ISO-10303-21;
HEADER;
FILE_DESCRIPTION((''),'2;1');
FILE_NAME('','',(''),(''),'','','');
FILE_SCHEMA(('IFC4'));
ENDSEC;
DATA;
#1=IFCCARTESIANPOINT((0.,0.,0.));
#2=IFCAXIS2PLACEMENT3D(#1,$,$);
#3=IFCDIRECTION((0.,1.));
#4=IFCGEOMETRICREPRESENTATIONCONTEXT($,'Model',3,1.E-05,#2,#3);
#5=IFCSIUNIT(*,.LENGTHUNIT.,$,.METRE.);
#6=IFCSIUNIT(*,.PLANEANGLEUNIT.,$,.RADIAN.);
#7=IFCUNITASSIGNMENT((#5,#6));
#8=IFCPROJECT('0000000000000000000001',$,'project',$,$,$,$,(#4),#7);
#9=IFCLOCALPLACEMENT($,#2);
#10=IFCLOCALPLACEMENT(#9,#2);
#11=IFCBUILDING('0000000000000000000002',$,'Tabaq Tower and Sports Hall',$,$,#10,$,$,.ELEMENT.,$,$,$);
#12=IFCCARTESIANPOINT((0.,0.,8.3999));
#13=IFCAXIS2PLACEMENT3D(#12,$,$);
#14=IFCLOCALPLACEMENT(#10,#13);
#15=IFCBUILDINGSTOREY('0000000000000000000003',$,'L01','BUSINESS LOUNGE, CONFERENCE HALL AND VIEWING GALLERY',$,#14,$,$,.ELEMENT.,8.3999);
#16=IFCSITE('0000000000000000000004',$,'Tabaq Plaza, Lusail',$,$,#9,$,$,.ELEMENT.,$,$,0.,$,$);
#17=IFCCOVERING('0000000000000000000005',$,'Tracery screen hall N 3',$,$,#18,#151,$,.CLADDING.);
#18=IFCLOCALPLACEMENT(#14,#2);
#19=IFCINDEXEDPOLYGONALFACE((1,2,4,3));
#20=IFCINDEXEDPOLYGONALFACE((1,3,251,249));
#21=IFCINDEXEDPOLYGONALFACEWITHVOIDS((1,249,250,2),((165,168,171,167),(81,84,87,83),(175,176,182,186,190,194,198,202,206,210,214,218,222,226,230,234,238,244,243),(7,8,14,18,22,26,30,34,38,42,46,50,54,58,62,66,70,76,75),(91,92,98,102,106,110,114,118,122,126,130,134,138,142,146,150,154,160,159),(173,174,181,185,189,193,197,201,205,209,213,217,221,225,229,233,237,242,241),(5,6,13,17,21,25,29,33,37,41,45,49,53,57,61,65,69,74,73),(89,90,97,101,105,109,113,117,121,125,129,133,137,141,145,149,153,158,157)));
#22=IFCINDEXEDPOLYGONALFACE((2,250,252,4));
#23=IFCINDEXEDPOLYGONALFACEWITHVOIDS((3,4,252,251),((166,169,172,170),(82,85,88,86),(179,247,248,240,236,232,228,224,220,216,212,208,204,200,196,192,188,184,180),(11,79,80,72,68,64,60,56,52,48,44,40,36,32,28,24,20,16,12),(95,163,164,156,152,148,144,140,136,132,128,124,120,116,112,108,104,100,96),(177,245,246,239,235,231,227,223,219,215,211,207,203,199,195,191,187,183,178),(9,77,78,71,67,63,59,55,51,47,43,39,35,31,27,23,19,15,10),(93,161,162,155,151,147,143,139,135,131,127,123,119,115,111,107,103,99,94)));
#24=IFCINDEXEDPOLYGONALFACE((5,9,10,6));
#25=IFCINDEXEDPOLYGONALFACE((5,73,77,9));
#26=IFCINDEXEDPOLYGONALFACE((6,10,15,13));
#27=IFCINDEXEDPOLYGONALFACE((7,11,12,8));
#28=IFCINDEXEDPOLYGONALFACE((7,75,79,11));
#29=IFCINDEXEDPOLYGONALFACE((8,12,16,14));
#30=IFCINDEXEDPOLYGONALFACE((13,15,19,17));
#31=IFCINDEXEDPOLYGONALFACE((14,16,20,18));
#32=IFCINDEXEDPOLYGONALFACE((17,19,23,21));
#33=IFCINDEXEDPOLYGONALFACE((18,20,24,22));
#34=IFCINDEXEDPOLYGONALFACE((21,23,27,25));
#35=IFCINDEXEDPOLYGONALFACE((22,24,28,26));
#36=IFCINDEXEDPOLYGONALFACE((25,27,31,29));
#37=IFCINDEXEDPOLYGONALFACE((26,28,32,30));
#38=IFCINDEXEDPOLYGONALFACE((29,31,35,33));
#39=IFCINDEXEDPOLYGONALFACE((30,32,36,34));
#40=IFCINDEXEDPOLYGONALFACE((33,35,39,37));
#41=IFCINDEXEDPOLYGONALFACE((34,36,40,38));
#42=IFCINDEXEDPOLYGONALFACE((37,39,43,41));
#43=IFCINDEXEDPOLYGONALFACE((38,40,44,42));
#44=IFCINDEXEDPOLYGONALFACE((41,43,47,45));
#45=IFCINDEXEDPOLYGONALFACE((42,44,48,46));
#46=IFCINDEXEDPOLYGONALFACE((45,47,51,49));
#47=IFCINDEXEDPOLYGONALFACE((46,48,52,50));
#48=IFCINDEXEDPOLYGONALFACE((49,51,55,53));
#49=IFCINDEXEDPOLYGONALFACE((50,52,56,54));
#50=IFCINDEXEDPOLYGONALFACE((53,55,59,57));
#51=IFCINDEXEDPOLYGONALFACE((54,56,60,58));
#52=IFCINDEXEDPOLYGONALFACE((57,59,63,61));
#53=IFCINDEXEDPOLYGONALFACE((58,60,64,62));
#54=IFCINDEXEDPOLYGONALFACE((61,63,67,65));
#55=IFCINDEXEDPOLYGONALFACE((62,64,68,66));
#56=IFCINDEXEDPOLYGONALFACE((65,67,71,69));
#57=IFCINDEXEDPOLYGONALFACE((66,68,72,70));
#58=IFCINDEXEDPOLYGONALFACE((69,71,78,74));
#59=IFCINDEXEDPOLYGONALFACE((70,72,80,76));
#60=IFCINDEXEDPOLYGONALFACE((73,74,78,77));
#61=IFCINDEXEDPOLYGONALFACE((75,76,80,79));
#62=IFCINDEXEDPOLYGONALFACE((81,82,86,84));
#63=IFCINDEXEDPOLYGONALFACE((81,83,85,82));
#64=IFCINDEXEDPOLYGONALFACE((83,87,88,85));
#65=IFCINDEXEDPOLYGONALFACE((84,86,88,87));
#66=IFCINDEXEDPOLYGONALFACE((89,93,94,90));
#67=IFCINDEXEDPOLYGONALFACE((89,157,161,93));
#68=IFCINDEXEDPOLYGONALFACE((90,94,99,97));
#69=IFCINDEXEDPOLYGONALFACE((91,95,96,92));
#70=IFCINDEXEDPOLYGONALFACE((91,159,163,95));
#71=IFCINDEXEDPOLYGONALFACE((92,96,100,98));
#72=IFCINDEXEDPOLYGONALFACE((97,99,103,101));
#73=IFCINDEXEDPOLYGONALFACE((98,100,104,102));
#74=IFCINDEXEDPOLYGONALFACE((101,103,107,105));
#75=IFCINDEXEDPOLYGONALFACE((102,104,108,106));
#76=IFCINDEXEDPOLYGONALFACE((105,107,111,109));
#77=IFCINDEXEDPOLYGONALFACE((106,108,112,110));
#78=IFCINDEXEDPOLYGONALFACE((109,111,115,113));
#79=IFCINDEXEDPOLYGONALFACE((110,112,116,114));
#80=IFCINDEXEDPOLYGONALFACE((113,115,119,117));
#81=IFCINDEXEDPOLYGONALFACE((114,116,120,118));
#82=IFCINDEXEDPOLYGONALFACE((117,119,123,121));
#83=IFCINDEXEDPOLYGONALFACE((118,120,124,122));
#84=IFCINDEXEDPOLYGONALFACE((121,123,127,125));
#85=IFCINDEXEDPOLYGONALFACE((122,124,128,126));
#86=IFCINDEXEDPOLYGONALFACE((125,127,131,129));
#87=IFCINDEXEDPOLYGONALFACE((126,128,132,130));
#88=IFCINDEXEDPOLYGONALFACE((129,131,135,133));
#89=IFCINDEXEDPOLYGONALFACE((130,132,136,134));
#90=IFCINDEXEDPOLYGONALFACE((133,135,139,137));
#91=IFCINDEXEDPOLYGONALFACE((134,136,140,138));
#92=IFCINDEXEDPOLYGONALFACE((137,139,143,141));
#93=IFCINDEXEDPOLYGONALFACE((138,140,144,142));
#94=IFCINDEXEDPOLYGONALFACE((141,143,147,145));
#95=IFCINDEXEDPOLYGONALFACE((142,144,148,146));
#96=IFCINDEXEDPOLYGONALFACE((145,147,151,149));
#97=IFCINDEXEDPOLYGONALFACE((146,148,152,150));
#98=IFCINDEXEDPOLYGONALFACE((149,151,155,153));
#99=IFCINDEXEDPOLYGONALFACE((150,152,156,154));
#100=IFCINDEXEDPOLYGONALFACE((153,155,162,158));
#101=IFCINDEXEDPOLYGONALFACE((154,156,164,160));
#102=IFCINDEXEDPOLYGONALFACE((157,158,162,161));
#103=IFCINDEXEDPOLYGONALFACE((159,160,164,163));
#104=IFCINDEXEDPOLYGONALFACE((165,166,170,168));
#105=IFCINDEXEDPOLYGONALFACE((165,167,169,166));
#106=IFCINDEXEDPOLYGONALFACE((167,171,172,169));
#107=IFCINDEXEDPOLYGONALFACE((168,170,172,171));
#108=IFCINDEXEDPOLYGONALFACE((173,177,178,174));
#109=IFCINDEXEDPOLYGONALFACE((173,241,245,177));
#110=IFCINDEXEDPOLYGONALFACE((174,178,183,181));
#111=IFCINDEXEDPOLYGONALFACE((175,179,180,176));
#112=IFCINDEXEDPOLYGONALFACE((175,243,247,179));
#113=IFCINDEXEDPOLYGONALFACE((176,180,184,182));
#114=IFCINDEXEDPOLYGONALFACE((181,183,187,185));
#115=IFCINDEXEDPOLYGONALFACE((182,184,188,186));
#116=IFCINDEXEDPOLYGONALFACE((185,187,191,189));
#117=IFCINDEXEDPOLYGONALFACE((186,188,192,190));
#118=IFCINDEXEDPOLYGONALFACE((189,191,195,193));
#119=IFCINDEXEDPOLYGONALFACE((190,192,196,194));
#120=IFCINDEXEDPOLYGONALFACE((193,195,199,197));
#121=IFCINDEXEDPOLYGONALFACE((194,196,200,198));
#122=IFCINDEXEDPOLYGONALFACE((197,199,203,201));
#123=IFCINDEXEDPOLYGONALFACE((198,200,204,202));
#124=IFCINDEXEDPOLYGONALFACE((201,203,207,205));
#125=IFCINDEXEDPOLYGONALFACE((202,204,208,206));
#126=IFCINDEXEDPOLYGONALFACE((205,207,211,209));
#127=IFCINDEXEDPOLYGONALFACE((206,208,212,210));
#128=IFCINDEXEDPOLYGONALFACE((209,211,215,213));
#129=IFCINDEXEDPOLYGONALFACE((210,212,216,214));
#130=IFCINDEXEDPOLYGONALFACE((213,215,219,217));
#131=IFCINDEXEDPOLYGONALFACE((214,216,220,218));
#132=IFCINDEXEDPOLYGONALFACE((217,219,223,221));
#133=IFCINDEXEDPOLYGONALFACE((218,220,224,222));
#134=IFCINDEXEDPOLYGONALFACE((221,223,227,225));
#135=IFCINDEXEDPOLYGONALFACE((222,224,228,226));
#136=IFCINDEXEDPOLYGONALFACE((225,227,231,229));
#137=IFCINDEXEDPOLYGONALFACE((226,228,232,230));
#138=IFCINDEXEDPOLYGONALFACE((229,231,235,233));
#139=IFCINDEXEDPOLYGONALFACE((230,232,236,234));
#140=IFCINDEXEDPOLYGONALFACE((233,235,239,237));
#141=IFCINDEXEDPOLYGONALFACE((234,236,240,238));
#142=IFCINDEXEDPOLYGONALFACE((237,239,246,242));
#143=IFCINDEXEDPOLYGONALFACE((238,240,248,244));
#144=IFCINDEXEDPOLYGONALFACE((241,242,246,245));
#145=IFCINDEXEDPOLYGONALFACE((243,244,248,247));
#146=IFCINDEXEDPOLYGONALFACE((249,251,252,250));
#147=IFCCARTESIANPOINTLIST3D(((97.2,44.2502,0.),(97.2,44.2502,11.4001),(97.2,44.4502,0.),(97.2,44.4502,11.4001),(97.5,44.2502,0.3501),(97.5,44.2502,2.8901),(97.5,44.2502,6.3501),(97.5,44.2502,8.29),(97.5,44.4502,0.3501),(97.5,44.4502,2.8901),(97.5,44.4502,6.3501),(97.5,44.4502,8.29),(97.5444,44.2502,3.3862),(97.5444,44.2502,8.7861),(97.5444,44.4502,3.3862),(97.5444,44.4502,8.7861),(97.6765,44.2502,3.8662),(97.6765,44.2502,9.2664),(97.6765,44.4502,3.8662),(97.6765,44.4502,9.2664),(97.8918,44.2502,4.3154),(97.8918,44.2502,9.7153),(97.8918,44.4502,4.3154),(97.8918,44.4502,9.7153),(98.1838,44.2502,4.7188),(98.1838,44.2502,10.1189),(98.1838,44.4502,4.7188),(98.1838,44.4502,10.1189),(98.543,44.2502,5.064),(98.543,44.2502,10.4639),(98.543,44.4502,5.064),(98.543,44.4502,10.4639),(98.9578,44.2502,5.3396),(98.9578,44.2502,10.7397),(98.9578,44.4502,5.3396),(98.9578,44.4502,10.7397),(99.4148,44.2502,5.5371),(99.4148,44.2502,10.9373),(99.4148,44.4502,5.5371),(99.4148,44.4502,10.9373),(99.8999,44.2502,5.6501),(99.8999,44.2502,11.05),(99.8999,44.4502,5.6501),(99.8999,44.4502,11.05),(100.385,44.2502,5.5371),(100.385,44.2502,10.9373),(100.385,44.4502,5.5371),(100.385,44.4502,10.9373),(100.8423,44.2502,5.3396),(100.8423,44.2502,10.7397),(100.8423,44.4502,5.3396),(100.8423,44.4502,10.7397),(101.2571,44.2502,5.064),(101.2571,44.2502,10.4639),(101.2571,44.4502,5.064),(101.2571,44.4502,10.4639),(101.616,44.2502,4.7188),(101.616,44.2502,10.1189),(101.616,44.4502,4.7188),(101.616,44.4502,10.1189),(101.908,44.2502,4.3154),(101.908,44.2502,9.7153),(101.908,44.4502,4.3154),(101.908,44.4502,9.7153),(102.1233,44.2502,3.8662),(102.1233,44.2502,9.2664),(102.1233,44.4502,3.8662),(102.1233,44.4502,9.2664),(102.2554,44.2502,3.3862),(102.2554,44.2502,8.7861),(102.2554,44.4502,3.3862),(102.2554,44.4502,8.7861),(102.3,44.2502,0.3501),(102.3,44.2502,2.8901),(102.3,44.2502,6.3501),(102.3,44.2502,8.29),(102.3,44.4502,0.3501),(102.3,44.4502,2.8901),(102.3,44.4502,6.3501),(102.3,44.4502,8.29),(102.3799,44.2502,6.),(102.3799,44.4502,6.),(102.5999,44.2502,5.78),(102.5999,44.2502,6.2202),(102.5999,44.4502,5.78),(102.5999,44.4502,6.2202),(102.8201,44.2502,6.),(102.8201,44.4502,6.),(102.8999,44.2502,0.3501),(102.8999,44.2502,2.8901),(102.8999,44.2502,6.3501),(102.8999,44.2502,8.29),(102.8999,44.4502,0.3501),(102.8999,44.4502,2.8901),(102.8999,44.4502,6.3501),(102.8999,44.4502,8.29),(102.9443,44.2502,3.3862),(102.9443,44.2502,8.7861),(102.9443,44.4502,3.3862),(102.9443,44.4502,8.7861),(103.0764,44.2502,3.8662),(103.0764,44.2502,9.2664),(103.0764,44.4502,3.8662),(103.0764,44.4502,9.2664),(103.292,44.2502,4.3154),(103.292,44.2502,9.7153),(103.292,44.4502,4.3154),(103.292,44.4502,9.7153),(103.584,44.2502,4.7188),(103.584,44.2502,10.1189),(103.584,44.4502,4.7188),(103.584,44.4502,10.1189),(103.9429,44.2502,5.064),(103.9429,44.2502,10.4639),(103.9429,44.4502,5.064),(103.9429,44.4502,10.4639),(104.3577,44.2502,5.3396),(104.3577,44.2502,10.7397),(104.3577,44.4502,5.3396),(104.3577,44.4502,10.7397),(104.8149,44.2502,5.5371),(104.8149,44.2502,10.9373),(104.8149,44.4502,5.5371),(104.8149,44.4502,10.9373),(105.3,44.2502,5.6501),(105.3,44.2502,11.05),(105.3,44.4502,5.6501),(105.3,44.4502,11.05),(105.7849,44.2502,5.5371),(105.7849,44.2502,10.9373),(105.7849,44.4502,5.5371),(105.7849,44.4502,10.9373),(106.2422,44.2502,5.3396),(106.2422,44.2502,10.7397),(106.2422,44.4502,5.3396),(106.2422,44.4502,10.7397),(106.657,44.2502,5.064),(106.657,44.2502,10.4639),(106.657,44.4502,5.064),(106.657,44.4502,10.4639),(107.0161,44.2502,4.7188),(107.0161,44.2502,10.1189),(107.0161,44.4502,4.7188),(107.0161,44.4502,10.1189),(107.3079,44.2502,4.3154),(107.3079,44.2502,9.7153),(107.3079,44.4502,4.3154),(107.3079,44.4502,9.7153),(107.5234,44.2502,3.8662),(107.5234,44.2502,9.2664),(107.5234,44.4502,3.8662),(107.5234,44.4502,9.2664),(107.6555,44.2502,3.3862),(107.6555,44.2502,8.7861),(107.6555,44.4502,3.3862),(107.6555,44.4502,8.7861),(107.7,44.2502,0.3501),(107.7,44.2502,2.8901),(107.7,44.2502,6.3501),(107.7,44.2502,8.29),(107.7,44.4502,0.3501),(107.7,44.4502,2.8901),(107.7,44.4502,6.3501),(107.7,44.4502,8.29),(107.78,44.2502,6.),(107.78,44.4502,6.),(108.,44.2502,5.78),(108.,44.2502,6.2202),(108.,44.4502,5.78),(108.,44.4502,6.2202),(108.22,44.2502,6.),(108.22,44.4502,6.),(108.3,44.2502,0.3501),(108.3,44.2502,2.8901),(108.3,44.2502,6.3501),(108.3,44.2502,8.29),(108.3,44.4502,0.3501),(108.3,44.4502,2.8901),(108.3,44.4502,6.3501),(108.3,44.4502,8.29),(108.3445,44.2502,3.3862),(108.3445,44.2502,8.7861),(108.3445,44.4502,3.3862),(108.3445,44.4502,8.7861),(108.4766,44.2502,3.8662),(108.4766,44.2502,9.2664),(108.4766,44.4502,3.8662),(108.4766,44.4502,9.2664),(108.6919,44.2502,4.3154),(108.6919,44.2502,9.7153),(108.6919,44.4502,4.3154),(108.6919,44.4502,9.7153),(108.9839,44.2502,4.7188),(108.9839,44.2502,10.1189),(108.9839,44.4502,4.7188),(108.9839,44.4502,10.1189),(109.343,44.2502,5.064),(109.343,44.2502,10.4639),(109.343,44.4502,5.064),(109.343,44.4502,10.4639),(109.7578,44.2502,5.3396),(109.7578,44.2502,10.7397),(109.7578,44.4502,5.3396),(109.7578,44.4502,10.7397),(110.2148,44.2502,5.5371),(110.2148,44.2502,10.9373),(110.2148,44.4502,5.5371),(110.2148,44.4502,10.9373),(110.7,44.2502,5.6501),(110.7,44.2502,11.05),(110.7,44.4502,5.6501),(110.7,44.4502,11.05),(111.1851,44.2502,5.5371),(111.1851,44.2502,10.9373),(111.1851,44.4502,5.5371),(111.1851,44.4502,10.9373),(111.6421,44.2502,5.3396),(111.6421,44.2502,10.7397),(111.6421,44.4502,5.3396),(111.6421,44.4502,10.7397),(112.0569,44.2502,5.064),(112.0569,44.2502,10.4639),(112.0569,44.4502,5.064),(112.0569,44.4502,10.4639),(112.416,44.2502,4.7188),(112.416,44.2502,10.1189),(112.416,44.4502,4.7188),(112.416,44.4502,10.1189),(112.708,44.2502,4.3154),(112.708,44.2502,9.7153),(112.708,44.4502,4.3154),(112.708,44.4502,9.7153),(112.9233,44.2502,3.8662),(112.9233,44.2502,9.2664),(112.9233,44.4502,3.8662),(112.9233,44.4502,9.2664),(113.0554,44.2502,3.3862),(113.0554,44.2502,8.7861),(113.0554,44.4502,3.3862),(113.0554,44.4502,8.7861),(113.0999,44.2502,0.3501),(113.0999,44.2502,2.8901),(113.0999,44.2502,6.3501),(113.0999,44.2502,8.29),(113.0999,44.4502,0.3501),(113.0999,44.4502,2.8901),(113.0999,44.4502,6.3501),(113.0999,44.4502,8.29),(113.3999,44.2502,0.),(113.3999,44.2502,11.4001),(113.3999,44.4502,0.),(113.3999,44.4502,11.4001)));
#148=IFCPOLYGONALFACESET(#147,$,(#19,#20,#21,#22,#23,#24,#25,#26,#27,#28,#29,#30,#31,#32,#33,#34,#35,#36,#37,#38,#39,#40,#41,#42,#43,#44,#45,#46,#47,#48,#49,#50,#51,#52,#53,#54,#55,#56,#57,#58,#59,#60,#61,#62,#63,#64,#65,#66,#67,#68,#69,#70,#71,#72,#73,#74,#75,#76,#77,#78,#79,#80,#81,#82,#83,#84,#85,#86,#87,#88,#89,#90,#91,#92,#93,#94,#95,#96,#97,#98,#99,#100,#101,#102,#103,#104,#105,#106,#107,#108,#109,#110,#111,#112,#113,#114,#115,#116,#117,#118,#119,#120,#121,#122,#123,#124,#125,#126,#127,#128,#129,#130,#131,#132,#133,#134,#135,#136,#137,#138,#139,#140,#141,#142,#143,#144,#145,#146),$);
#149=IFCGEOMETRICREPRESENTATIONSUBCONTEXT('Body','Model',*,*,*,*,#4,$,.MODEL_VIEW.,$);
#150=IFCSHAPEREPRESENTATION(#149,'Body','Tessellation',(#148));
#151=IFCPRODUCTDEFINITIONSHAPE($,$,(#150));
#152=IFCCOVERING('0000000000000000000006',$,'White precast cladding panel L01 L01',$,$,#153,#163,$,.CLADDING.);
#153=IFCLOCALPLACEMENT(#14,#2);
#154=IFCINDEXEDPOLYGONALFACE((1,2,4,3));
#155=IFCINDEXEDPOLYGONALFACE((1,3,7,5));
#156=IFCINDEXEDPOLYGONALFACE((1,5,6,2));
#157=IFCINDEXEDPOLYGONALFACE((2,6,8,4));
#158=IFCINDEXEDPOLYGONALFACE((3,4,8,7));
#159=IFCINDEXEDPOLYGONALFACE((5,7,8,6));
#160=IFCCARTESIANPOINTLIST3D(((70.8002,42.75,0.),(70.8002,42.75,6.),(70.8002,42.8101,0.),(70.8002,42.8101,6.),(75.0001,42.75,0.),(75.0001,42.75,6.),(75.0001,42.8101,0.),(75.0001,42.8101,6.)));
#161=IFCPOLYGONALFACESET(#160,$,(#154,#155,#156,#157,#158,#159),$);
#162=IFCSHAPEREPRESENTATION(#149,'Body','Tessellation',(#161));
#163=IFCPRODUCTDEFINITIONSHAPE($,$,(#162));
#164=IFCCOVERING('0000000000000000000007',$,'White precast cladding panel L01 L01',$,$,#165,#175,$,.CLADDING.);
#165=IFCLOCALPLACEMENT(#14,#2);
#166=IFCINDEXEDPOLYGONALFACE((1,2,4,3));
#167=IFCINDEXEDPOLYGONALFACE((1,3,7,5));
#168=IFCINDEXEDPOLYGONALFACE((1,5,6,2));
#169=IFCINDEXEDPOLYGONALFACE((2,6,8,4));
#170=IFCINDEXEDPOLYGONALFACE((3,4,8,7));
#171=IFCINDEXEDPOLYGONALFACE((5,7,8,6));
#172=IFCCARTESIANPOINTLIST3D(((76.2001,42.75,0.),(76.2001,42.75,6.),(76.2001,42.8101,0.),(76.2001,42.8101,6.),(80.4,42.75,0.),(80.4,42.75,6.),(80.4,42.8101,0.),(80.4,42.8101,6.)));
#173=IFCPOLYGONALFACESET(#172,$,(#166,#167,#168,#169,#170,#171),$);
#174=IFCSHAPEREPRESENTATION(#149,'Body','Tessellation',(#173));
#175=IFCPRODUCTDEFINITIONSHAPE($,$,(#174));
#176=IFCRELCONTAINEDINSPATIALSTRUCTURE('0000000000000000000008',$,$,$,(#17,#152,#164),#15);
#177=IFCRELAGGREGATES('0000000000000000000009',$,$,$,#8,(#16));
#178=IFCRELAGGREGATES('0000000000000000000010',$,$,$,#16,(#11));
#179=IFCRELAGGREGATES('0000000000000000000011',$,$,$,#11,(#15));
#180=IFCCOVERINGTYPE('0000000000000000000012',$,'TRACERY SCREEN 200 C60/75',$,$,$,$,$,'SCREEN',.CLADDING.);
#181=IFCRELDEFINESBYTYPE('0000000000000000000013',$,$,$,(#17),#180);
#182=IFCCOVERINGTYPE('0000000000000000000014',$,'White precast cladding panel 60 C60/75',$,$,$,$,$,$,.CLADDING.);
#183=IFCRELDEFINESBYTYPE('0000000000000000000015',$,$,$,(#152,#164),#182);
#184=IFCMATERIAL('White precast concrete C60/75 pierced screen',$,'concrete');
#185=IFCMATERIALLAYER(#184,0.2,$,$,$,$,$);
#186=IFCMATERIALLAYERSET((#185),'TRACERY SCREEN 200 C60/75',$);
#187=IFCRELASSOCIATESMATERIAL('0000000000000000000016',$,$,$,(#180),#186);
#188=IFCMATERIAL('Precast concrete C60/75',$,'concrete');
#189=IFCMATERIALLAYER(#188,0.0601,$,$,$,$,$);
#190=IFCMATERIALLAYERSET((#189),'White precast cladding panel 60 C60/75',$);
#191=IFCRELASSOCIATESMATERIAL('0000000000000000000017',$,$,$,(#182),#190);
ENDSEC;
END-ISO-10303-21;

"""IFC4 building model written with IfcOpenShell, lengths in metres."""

from ifc_helpers import new_model, si_unit, direction, frame, frame_2d, origin, place, context, subcontext, project, spatial, polyline, rectangle, outline, extrude, material, layer, layer_set, type_object, element, save


model = new_model("IFC4")

# Units and contexts
model_context = context("Model", 3, precision=1e-05, world=origin(), true_north=direction((0.0, 1.0)))
body_context = subcontext(model_context, "Body", "Model", "MODEL_VIEW")
ifc_project = project(units=[si_unit("LENGTHUNIT", "METRE"), si_unit("PLANEANGLEUNIT", "RADIAN")], contexts=[model_context])

# Site, building, storey
site_placement = place(None, origin())
site = spatial("IfcSite", under=ifc_project, at=site_placement, Name="Tabaq Plaza, Lusail", CompositionType="ELEMENT", RefElevation=0.0)
building_placement = place(site_placement, origin())
building = spatial("IfcBuilding", under=site, at=building_placement, Name="Tabaq Tower and Sports Hall", CompositionType="ELEMENT")
storey_placement = place(building_placement, frame((0.0, 0.0, 8.3999)))
storey = spatial("IfcBuildingStorey", under=building, at=storey_placement, Name="L01", Description="BUSINESS LOUNGE, CONFERENCE HALL AND VIEWING GALLERY", CompositionType="ELEMENT", Elevation=8.3999)

# Coverings
ifc_material_1 = material(Name="White precast concrete C60/75 pierced screen", Category="concrete")
ifc_layer_1 = layer(ifc_material_1, 0.2)
ifc_layer_set_1 = layer_set([ifc_layer_1], Name="TRACERY SCREEN 200 C60/75")
covering_type_1 = type_object("IfcCoveringType", Name="TRACERY SCREEN 200 C60/75", ElementType="SCREEN", PredefinedType="CLADDING", material=ifc_layer_set_1)
covering_1_placement = place(storey_placement, frame((97.2, 44.3501, 0.0), z_axis=(0.0, 0.0, 1.0), x_axis=(1.0, 0.0, 0.0)))
element("IfcCovering", 1, at=covering_1_placement, inside=storey, type_object=covering_type_1, Name="Tracery screen hall N 3", PredefinedType="CLADDING", context=body_context, shape_type="SweptSolid", body=[
    extrude(outline(polyline([(0.0, 0.0), (16.2, 0.0), (16.2, 11.4001), (0.0, 11.4001), (0.0, 0.0)]), holes=[polyline([(0.3, 0.3501), (5.1001, 0.3501), (5.1001, 2.8901), (5.0554, 3.3862), (4.9233, 3.8662), (4.708, 4.3154), (4.416, 4.7188), (4.0571, 5.064), (3.6423, 5.3396), (3.1851, 5.5371), (2.7, 5.6501), (2.2148, 5.5371), (1.7578, 5.3396), (1.343, 5.064), (0.9839, 4.7188), (0.6919, 4.3154), (0.4766, 3.8662), (0.3445, 3.3862), (0.3, 2.8901), (0.3, 0.3501)]), polyline([(5.7, 0.3501), (10.5, 0.3501), (10.5, 2.8901), (10.4556, 3.3862), (10.3235, 3.8662), (10.1079, 4.3154), (9.8162, 4.7188), (9.457, 5.064), (9.0422, 5.3396), (8.585, 5.5371), (8.1001, 5.6501), (7.615, 5.5371), (7.1577, 5.3396), (6.7429, 5.064), (6.384, 4.7188), (6.092, 4.3154), (5.8765, 3.8662), (5.7444, 3.3862), (5.7, 2.8901), (5.7, 0.3501)]), polyline([(11.1001, 0.3501), (15.8999, 0.3501), (15.8999, 2.8901), (15.8555, 3.3862), (15.7234, 3.8662), (15.5081, 4.3154), (15.2161, 4.7188), (14.8569, 5.064), (14.4421, 5.3396), (13.9851, 5.5371), (13.5, 5.6501), (13.0149, 5.5371), (12.5579, 5.3396), (12.1431, 5.064), (11.7839, 4.7188), (11.4919, 4.3154), (11.2766, 3.8662), (11.1445, 3.3862), (11.1001, 2.8901), (11.1001, 0.3501)]), polyline([(0.3, 6.3501), (5.1001, 6.3501), (5.1001, 8.29), (5.0554, 8.7861), (4.9233, 9.2664), (4.708, 9.7153), (4.416, 10.1189), (4.0571, 10.4639), (3.6423, 10.7397), (3.1851, 10.9373), (2.7, 11.05), (2.2148, 10.9373), (1.7578, 10.7397), (1.343, 10.4639), (0.9839, 10.1189), (0.6919, 9.7153), (0.4766, 9.2664), (0.3445, 8.7861), (0.3, 8.29), (0.3, 6.3501)]), polyline([(5.7, 6.3501), (10.5, 6.3501), (10.5, 8.29), (10.4556, 8.7861), (10.3235, 9.2664), (10.1079, 9.7153), (9.8162, 10.1189), (9.457, 10.4639), (9.0422, 10.7397), (8.585, 10.9373), (8.1001, 11.05), (7.615, 10.9373), (7.1577, 10.7397), (6.7429, 10.4639), (6.384, 10.1189), (6.092, 9.7153), (5.8765, 9.2664), (5.7444, 8.7861), (5.7, 8.29), (5.7, 6.3501)]), polyline([(11.1001, 6.3501), (15.8999, 6.3501), (15.8999, 8.29), (15.8555, 8.7861), (15.7234, 9.2664), (15.5081, 9.7153), (15.2161, 10.1189), (14.8569, 10.4639), (14.4421, 10.7397), (13.9851, 10.9373), (13.5, 11.05), (13.0149, 10.9373), (12.5579, 10.7397), (12.1431, 10.4639), (11.7839, 10.1189), (11.4919, 9.7153), (11.2766, 9.2664), (11.1445, 8.7861), (11.1001, 8.29), (11.1001, 6.3501)]), polyline([(5.6201, 6.0), (5.3999, 6.2202), (5.1799, 6.0), (5.3999, 5.78), (5.6201, 6.0)]), polyline([(11.02, 6.0), (10.8, 6.2202), (10.5801, 6.0), (10.8, 5.78), (11.02, 6.0)])]), frame((0.0, 0.1001, 0.0), z_axis=(0.0, -1.0, 0.0), x_axis=(1.0, 0.0, 0.0)), (0.0, 0.0, 1.0), 0.2),
])
ifc_material_2 = material(Name="Precast concrete C60/75", Category="concrete")
ifc_layer_2 = layer(ifc_material_2, 0.0601)
ifc_layer_set_2 = layer_set([ifc_layer_2], Name="White precast cladding panel 60 C60/75")
covering_type_2 = type_object("IfcCoveringType", Name="White precast cladding panel 60 C60/75", PredefinedType="CLADDING", material=ifc_layer_set_2)
for number, where, z_axis, x_axis, name in (
    (2, (70.8, 42.78, 0.0), (0.0, 0.0, 1.0), (1.0, 0.0, 0.0), "White precast cladding panel L01 L01"),
    (3, (76.2, 42.78, 0.0), (0.0, 0.0, 1.0), (1.0, 0.0, 0.0), "White precast cladding panel L01 L01"),
):
    element("IfcCovering", number, at=place(storey_placement, frame(where, z_axis=z_axis, x_axis=x_axis)), inside=storey, type_object=covering_type_2, Name=name, PredefinedType="CLADDING", context=body_context, shape_type="SweptSolid", body=[
        extrude(rectangle(XDim=4.2, YDim=0.0601, at=frame_2d((2.1001, 0.0))), origin(), (0.0, 0.0, 1.0), 6.0),
    ])

save(model, "model.ifc")
